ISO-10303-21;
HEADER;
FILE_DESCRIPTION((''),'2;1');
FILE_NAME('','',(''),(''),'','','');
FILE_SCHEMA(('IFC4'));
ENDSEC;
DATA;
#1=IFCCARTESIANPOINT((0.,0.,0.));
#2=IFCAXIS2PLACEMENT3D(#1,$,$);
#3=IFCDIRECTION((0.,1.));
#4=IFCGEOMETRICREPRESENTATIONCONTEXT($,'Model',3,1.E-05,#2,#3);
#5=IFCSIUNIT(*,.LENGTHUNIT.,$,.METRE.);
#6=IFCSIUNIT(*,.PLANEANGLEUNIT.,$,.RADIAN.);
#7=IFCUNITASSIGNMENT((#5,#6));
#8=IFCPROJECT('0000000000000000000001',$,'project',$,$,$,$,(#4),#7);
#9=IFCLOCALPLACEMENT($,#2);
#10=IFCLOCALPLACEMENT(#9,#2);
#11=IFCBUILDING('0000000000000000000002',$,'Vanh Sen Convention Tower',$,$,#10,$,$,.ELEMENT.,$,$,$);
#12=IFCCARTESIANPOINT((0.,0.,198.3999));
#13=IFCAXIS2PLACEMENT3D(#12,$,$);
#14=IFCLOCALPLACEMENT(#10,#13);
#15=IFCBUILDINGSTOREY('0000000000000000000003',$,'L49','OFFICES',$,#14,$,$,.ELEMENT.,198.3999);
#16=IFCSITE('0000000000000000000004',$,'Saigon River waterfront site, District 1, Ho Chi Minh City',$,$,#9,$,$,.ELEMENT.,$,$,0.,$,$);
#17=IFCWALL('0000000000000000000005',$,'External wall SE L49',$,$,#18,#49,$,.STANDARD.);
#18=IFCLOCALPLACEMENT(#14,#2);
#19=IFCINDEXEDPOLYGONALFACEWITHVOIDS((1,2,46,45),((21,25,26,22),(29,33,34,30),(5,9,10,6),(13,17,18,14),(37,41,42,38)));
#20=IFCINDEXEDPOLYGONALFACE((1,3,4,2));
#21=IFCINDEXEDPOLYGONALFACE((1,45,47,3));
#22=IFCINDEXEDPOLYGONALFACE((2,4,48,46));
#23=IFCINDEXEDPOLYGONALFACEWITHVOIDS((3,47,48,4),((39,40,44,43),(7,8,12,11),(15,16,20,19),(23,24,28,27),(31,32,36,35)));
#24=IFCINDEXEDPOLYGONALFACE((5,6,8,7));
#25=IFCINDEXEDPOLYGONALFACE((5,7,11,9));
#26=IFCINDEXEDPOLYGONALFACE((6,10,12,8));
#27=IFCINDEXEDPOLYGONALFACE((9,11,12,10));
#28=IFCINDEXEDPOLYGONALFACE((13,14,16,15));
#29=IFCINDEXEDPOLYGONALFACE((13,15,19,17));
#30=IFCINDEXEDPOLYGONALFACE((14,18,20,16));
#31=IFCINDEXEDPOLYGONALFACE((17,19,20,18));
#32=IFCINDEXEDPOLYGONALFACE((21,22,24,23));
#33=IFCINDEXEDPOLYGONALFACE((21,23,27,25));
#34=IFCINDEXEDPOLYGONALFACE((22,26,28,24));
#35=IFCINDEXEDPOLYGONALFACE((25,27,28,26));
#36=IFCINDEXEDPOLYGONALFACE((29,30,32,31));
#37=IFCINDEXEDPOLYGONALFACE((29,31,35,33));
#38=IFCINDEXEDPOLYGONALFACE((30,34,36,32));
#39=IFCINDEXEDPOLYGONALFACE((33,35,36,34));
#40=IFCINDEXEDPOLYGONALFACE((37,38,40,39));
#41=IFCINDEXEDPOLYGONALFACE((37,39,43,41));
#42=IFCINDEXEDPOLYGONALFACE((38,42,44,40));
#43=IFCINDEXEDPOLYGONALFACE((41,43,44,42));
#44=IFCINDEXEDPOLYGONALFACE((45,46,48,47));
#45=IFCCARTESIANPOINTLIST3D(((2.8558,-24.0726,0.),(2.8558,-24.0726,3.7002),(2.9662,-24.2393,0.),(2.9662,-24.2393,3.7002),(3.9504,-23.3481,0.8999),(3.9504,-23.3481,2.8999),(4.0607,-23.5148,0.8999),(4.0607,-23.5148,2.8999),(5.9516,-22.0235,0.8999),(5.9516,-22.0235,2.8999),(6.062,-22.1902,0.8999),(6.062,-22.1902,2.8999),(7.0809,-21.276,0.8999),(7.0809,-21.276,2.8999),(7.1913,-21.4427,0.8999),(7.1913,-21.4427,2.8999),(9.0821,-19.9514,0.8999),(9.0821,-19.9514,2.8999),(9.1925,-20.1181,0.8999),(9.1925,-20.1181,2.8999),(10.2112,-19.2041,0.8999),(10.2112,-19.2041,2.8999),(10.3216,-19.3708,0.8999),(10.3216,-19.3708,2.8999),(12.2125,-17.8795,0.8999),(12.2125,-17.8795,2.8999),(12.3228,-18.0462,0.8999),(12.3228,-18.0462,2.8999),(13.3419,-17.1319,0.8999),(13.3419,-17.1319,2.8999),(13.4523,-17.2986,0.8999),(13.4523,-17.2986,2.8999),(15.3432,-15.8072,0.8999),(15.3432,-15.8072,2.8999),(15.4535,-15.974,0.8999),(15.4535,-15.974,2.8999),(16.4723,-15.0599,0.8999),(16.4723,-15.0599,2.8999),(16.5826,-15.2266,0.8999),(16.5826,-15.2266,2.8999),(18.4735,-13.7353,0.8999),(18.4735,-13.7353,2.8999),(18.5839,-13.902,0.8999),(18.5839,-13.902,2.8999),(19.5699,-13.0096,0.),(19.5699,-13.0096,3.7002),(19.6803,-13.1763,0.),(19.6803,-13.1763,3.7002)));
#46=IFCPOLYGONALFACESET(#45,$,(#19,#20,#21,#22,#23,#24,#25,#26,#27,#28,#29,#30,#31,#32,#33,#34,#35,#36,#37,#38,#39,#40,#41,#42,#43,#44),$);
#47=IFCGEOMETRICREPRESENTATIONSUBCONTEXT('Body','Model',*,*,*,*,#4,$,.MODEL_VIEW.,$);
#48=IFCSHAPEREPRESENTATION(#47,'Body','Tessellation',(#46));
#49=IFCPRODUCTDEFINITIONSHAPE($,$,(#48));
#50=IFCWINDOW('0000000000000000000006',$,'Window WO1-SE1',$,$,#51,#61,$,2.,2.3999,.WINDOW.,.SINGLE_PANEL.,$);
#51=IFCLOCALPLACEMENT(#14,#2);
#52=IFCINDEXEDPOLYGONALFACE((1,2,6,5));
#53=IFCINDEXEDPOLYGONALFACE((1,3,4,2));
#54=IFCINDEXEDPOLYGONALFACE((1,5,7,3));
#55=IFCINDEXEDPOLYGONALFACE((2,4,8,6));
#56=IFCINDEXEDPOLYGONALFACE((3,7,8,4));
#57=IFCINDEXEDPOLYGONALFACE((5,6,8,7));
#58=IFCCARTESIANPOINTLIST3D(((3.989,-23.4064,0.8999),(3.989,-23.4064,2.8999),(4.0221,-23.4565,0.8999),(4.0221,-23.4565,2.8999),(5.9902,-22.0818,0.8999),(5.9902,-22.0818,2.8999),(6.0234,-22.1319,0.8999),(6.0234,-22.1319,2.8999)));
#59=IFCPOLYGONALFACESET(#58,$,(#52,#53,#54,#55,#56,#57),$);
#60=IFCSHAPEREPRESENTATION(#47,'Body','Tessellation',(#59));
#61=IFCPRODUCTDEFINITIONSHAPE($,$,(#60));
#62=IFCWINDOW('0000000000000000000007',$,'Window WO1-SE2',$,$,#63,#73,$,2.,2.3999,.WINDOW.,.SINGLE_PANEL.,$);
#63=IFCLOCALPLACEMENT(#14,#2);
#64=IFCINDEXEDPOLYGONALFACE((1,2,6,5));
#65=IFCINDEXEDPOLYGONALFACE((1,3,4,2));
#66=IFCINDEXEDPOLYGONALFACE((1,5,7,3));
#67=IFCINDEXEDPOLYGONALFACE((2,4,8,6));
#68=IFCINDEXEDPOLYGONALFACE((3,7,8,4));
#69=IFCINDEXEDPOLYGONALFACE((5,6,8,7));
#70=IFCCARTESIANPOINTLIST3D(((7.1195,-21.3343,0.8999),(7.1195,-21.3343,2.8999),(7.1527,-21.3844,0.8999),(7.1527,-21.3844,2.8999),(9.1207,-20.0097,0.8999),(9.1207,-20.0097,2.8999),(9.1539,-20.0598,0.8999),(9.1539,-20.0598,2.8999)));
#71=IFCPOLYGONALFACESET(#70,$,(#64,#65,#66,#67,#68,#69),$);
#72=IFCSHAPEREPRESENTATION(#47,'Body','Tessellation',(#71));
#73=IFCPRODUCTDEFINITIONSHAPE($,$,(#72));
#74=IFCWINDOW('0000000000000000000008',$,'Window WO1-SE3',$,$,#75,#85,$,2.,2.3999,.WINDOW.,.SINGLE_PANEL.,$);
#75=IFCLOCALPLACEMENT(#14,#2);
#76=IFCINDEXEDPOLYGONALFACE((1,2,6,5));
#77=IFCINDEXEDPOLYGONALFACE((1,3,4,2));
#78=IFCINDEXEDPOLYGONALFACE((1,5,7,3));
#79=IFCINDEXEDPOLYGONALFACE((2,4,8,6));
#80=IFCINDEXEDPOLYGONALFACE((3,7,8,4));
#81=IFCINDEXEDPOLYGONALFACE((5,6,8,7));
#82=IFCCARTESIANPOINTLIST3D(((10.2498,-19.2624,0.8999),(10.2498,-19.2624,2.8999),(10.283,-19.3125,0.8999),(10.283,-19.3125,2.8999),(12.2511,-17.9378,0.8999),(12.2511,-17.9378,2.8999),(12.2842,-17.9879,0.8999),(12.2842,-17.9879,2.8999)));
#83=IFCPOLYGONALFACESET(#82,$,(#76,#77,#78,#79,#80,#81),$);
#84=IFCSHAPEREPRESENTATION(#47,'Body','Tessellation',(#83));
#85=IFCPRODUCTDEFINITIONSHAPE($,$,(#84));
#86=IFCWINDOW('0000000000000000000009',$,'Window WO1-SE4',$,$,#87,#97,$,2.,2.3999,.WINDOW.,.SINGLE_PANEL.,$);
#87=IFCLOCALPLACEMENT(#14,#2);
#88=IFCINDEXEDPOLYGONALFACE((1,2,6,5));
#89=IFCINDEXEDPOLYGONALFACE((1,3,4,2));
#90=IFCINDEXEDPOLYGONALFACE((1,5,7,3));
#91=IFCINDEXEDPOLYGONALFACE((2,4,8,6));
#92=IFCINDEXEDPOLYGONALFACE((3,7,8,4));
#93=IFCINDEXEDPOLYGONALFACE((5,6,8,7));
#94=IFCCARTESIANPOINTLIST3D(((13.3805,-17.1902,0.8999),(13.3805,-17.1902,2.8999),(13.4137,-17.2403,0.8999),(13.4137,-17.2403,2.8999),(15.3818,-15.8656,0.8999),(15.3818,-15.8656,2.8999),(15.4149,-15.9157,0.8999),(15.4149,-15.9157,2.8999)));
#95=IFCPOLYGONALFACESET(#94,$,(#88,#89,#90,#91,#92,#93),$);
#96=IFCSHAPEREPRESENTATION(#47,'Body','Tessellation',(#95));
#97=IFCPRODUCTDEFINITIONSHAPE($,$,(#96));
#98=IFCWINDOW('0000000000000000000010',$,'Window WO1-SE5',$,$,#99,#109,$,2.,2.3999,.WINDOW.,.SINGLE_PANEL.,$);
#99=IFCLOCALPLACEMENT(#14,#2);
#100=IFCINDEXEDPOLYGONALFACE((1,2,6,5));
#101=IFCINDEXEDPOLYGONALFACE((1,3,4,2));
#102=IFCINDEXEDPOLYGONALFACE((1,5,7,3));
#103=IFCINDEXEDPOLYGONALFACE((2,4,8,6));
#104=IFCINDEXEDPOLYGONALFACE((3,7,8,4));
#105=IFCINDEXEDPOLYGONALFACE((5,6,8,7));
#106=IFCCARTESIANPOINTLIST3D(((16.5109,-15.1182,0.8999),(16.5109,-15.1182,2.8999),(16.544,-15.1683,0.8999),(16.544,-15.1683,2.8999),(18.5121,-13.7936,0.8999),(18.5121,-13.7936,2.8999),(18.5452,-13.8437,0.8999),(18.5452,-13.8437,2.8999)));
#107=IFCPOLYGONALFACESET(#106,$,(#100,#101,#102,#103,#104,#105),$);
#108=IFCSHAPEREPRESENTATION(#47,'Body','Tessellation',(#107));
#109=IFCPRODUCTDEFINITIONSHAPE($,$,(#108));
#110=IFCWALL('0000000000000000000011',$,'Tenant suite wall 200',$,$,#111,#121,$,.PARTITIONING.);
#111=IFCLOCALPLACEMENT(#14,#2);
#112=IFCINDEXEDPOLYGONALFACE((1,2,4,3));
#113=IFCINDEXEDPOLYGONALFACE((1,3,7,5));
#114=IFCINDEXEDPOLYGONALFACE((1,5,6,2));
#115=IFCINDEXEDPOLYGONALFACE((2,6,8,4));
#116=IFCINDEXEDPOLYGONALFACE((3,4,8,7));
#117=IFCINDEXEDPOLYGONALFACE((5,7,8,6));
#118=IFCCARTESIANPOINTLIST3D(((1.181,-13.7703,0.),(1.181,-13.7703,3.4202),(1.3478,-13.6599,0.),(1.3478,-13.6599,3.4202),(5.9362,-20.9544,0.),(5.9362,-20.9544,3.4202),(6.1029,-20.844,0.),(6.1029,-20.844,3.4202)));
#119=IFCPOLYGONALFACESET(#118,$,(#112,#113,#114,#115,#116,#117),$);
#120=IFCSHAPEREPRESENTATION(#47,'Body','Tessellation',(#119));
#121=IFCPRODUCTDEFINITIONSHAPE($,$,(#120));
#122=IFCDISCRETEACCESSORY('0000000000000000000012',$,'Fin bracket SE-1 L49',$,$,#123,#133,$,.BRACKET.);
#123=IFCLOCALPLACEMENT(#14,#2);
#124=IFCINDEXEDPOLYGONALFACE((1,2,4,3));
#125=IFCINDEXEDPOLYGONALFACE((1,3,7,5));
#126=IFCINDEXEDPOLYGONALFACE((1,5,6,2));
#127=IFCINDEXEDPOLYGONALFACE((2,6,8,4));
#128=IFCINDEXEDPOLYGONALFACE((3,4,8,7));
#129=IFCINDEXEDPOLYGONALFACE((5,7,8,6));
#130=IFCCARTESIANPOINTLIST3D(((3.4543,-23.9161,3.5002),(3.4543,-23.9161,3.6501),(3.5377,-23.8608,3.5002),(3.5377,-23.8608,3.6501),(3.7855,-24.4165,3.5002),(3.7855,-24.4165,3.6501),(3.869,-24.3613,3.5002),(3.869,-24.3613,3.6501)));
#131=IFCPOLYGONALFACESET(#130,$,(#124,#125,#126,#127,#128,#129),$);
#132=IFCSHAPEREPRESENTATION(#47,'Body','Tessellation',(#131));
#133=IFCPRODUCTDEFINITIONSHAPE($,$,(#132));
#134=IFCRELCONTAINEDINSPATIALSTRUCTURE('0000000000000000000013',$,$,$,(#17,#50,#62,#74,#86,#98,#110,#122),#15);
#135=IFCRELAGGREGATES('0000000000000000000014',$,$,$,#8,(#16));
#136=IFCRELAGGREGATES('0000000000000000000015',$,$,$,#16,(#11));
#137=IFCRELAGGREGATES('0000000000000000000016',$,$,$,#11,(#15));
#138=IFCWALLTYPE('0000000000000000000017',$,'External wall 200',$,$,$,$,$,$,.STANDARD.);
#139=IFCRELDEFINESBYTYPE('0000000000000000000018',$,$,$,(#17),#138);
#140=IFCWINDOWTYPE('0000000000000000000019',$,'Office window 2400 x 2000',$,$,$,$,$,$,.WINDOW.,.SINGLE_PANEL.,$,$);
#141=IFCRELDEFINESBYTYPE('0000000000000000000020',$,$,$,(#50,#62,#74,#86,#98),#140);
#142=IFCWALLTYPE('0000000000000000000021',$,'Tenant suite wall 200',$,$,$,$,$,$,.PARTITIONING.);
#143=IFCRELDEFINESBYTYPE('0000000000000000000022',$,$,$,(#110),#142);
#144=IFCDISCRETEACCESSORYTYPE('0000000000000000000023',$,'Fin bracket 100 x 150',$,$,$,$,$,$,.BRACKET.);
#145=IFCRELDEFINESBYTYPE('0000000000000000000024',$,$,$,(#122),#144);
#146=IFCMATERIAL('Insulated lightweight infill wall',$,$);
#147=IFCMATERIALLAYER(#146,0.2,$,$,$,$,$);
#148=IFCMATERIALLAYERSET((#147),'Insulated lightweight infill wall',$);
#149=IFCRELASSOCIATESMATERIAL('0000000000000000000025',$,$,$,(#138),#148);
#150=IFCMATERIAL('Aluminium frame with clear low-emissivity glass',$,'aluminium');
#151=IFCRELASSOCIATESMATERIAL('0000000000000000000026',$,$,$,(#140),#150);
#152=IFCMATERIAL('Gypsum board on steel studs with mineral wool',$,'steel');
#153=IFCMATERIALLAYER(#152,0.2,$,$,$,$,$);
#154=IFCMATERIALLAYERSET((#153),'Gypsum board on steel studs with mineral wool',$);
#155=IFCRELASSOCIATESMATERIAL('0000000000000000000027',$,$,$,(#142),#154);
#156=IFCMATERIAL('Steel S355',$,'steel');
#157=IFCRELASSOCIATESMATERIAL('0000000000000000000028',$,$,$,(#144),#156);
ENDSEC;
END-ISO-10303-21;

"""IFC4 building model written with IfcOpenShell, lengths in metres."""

from ifc_helpers import new_model, si_unit, direction, frame, frame_2d, origin, origin_2d, place, context, subcontext, project, spatial, rectangle, extrude, material, layer, layer_set, type_object, element, fill, save


model = new_model("IFC4")

# Units and contexts
model_context = context("Model", 3, precision=1e-05, world=origin(), true_north=direction((0.0, 1.0)))
body_context = subcontext(model_context, "Body", "Model", "MODEL_VIEW")
ifc_project = project(units=[si_unit("LENGTHUNIT", "METRE"), si_unit("PLANEANGLEUNIT", "RADIAN")], contexts=[model_context])

# Site, building, storey
site_placement = place(None, origin())
site = spatial("IfcSite", under=ifc_project, at=site_placement, Name="Saigon River waterfront site, District 1, Ho Chi Minh City", CompositionType="ELEMENT", RefElevation=0.0)
building_placement = place(site_placement, origin())
building = spatial("IfcBuilding", under=site, at=building_placement, Name="Vanh Sen Convention Tower", CompositionType="ELEMENT")
storey_placement = place(building_placement, frame((0.0, 0.0, 198.3999)))
storey = spatial("IfcBuildingStorey", under=building, at=storey_placement, Name="L49", Description="OFFICES", CompositionType="ELEMENT", Elevation=198.3999)

# Shared definitions
ifc_material_1 = material(Name="Gypsum board on steel studs with mineral wool", Category="steel")

# Wall, openings, windows
ifc_material_2 = material(Name="Insulated lightweight infill wall")
ifc_layer_1 = layer(ifc_material_2, 0.2)
ifc_layer_set_1 = layer_set([ifc_layer_1], Name="Insulated lightweight infill wall")
wall_type_1 = type_object("IfcWallType", Name="External wall 200", PredefinedType="STANDARD", material=ifc_layer_set_1)
wall_1_placement = place(storey_placement, frame((2.9109, -24.156, 0.0), z_axis=(0.0, 0.0, 1.0), x_axis=(0.833882, 0.551943, 0.0)))
wall_1 = element("IfcWall", 1, at=wall_1_placement, inside=storey, type_object=wall_type_1, Name="External wall SE L49", PredefinedType="STANDARD", context=body_context, shape_type="SweptSolid", body=[
    extrude(rectangle(XDim=20.0437, YDim=0.2, at=frame_2d((10.022, 0.0))), origin(), (0.0, 0.0, 1.0), 3.7002),
])
opening_1_placement = place(wall_1_placement, frame((1.3127, 0.0, 0.8999)))
opening_1 = element("IfcOpeningElement", 2, at=opening_1_placement, cuts=wall_1, PredefinedType="OPENING", context=body_context, shape_type="SweptSolid", body=[
    extrude(rectangle(XDim=2.3999, YDim=2.0, at=frame_2d((1.2, 1.0))), frame((0.0, 0.1099, 0.0), z_axis=(0.0, -1.0, 0.0), x_axis=(1.0, 0.0, 0.0)), (0.0, 0.0, 1.0), 0.22),
])
opening_2_placement = place(wall_1_placement, frame((5.0669, 0.0, 0.8999)))
opening_2 = element("IfcOpeningElement", 3, at=opening_2_placement, cuts=wall_1, PredefinedType="OPENING", context=body_context, shape_type="SweptSolid", body=[
    extrude(rectangle(XDim=2.3999, YDim=2.0, at=frame_2d((1.2, 1.0))), frame((0.0, 0.1099, 0.0), z_axis=(0.0, -1.0, 0.0), x_axis=(1.0, 0.0, 0.0)), (0.0, 0.0, 1.0), 0.22),
])
opening_3_placement = place(wall_1_placement, frame((8.8208, 0.0, 0.8999)))
opening_3 = element("IfcOpeningElement", 4, at=opening_3_placement, cuts=wall_1, PredefinedType="OPENING", context=body_context, shape_type="SweptSolid", body=[
    extrude(rectangle(XDim=2.3999, YDim=2.0, at=frame_2d((1.2, 1.0))), frame((0.0, 0.1099, 0.0), z_axis=(0.0, -1.0, 0.0), x_axis=(1.0, 0.0, 0.0)), (0.0, 0.0, 1.0), 0.22),
])
opening_4_placement = place(wall_1_placement, frame((12.5752, 0.0, 0.8999)))
opening_4 = element("IfcOpeningElement", 5, at=opening_4_placement, cuts=wall_1, PredefinedType="OPENING", context=body_context, shape_type="SweptSolid", body=[
    extrude(rectangle(XDim=2.3999, YDim=2.0, at=frame_2d((1.2, 1.0))), frame((0.0, 0.1099, 0.0), z_axis=(0.0, -1.0, 0.0), x_axis=(1.0, 0.0, 0.0)), (0.0, 0.0, 1.0), 0.22),
])
opening_5_placement = place(wall_1_placement, frame((16.3291, 0.0, 0.8999)))
opening_5 = element("IfcOpeningElement", 6, at=opening_5_placement, cuts=wall_1, PredefinedType="OPENING", context=body_context, shape_type="SweptSolid", body=[
    extrude(rectangle(XDim=2.3999, YDim=2.0, at=frame_2d((1.2, 1.0))), frame((0.0, 0.1099, 0.0), z_axis=(0.0, -1.0, 0.0), x_axis=(1.0, 0.0, 0.0)), (0.0, 0.0, 1.0), 0.22),
])
ifc_material_3 = material(Name="Aluminium frame with clear low-emissivity glass", Category="aluminium")
window_type = type_object("IfcWindowType", Name="Office window 2400 x 2000", PartitioningType="SINGLE_PANEL", PredefinedType="WINDOW", material=ifc_material_3)
window_1_placement = place(opening_1_placement, origin())
window_1 = element("IfcWindow", 7, at=window_1_placement, inside=storey, type_object=window_type, Name="Window WO1-SE1", OverallHeight=2.0, OverallWidth=2.3999, PartitioningType="SINGLE_PANEL", PredefinedType="WINDOW", context=body_context, shape_type="SweptSolid", body=[
    extrude(rectangle(XDim=2.3999, YDim=2.0, at=frame_2d((1.2, 1.0))), frame((0.0, 0.03, 0.0), z_axis=(0.0, -1.0, 0.0), x_axis=(1.0, 0.0, 0.0)), (0.0, 0.0, 1.0), 0.0601),
])
fill(opening_1, window_1)
window_2_placement = place(opening_2_placement, origin())
window_2 = element("IfcWindow", 8, at=window_2_placement, inside=storey, type_object=window_type, Name="Window WO1-SE2", OverallHeight=2.0, OverallWidth=2.3999, PartitioningType="SINGLE_PANEL", PredefinedType="WINDOW", context=body_context, shape_type="SweptSolid", body=[
    extrude(rectangle(XDim=2.3999, YDim=2.0, at=frame_2d((1.2, 1.0))), frame((0.0, 0.03, 0.0), z_axis=(0.0, -1.0, 0.0), x_axis=(1.0, 0.0, 0.0)), (0.0, 0.0, 1.0), 0.0601),
])
fill(opening_2, window_2)
window_3_placement = place(opening_3_placement, origin())
window_3 = element("IfcWindow", 9, at=window_3_placement, inside=storey, type_object=window_type, Name="Window WO1-SE3", OverallHeight=2.0, OverallWidth=2.3999, PartitioningType="SINGLE_PANEL", PredefinedType="WINDOW", context=body_context, shape_type="SweptSolid", body=[
    extrude(rectangle(XDim=2.3999, YDim=2.0, at=frame_2d((1.2, 1.0))), frame((0.0, 0.03, 0.0), z_axis=(0.0, -1.0, 0.0), x_axis=(1.0, 0.0, 0.0)), (0.0, 0.0, 1.0), 0.0601),
])
fill(opening_3, window_3)
window_4_placement = place(opening_4_placement, origin())
window_4 = element("IfcWindow", 10, at=window_4_placement, inside=storey, type_object=window_type, Name="Window WO1-SE4", OverallHeight=2.0, OverallWidth=2.3999, PartitioningType="SINGLE_PANEL", PredefinedType="WINDOW", context=body_context, shape_type="SweptSolid", body=[
    extrude(rectangle(XDim=2.3999, YDim=2.0, at=frame_2d((1.2, 1.0))), frame((0.0, 0.03, 0.0), z_axis=(0.0, -1.0, 0.0), x_axis=(1.0, 0.0, 0.0)), (0.0, 0.0, 1.0), 0.0601),
])
fill(opening_4, window_4)
window_5_placement = place(opening_5_placement, origin())
window_5 = element("IfcWindow", 11, at=window_5_placement, inside=storey, type_object=window_type, Name="Window WO1-SE5", OverallHeight=2.0, OverallWidth=2.3999, PartitioningType="SINGLE_PANEL", PredefinedType="WINDOW", context=body_context, shape_type="SweptSolid", body=[
    extrude(rectangle(XDim=2.3999, YDim=2.0, at=frame_2d((1.2, 1.0))), frame((0.0, 0.03, 0.0), z_axis=(0.0, -1.0, 0.0), x_axis=(1.0, 0.0, 0.0)), (0.0, 0.0, 1.0), 0.0601),
])
fill(opening_5, window_5)

# Wall
ifc_layer_2 = layer(ifc_material_1, 0.2)
ifc_layer_set_2 = layer_set([ifc_layer_2], Name="Gypsum board on steel studs with mineral wool")
wall_type_2 = type_object("IfcWallType", Name="Tenant suite wall 200", PredefinedType="PARTITIONING", material=ifc_layer_set_2)
wall_2_placement = place(storey_placement, frame((6.0195, -20.8992, 0.0), z_axis=(0.0, 0.0, 1.0), x_axis=(-0.551944, 0.833881, 0.0)))
element("IfcWall", 12, at=wall_2_placement, inside=storey, type_object=wall_type_2, Name="Tenant suite wall 200", PredefinedType="PARTITIONING", context=body_context, shape_type="SweptSolid", body=[
    extrude(rectangle(XDim=8.6152, YDim=0.2, at=frame_2d((4.3076, 0.0))), origin(), (0.0, 0.0, 1.0), 3.4202),
])

# Discrete accessory
ifc_material_4 = material(Name="Steel S355", Category="steel")
discrete_accessory_type = type_object("IfcDiscreteAccessoryType", Name="Fin bracket 100 x 150", PredefinedType="BRACKET", material=ifc_material_4)
discrete_accessory_placement = place(storey_placement, frame((3.6616, -24.1387, 3.5002), z_axis=(0.0, 0.0, 1.0), x_axis=(0.551937, -0.833886, 0.0)))
element("IfcDiscreteAccessory", 13, at=discrete_accessory_placement, inside=storey, type_object=discrete_accessory_type, Name="Fin bracket SE-1 L49", PredefinedType="BRACKET", context=body_context, shape_type="SweptSolid", body=[
    extrude(rectangle(XDim=0.6001, YDim=0.1001, at=origin_2d()), origin(), (0.0, 0.0, 1.0), 0.1499),
])

save(model, "model.ifc")
